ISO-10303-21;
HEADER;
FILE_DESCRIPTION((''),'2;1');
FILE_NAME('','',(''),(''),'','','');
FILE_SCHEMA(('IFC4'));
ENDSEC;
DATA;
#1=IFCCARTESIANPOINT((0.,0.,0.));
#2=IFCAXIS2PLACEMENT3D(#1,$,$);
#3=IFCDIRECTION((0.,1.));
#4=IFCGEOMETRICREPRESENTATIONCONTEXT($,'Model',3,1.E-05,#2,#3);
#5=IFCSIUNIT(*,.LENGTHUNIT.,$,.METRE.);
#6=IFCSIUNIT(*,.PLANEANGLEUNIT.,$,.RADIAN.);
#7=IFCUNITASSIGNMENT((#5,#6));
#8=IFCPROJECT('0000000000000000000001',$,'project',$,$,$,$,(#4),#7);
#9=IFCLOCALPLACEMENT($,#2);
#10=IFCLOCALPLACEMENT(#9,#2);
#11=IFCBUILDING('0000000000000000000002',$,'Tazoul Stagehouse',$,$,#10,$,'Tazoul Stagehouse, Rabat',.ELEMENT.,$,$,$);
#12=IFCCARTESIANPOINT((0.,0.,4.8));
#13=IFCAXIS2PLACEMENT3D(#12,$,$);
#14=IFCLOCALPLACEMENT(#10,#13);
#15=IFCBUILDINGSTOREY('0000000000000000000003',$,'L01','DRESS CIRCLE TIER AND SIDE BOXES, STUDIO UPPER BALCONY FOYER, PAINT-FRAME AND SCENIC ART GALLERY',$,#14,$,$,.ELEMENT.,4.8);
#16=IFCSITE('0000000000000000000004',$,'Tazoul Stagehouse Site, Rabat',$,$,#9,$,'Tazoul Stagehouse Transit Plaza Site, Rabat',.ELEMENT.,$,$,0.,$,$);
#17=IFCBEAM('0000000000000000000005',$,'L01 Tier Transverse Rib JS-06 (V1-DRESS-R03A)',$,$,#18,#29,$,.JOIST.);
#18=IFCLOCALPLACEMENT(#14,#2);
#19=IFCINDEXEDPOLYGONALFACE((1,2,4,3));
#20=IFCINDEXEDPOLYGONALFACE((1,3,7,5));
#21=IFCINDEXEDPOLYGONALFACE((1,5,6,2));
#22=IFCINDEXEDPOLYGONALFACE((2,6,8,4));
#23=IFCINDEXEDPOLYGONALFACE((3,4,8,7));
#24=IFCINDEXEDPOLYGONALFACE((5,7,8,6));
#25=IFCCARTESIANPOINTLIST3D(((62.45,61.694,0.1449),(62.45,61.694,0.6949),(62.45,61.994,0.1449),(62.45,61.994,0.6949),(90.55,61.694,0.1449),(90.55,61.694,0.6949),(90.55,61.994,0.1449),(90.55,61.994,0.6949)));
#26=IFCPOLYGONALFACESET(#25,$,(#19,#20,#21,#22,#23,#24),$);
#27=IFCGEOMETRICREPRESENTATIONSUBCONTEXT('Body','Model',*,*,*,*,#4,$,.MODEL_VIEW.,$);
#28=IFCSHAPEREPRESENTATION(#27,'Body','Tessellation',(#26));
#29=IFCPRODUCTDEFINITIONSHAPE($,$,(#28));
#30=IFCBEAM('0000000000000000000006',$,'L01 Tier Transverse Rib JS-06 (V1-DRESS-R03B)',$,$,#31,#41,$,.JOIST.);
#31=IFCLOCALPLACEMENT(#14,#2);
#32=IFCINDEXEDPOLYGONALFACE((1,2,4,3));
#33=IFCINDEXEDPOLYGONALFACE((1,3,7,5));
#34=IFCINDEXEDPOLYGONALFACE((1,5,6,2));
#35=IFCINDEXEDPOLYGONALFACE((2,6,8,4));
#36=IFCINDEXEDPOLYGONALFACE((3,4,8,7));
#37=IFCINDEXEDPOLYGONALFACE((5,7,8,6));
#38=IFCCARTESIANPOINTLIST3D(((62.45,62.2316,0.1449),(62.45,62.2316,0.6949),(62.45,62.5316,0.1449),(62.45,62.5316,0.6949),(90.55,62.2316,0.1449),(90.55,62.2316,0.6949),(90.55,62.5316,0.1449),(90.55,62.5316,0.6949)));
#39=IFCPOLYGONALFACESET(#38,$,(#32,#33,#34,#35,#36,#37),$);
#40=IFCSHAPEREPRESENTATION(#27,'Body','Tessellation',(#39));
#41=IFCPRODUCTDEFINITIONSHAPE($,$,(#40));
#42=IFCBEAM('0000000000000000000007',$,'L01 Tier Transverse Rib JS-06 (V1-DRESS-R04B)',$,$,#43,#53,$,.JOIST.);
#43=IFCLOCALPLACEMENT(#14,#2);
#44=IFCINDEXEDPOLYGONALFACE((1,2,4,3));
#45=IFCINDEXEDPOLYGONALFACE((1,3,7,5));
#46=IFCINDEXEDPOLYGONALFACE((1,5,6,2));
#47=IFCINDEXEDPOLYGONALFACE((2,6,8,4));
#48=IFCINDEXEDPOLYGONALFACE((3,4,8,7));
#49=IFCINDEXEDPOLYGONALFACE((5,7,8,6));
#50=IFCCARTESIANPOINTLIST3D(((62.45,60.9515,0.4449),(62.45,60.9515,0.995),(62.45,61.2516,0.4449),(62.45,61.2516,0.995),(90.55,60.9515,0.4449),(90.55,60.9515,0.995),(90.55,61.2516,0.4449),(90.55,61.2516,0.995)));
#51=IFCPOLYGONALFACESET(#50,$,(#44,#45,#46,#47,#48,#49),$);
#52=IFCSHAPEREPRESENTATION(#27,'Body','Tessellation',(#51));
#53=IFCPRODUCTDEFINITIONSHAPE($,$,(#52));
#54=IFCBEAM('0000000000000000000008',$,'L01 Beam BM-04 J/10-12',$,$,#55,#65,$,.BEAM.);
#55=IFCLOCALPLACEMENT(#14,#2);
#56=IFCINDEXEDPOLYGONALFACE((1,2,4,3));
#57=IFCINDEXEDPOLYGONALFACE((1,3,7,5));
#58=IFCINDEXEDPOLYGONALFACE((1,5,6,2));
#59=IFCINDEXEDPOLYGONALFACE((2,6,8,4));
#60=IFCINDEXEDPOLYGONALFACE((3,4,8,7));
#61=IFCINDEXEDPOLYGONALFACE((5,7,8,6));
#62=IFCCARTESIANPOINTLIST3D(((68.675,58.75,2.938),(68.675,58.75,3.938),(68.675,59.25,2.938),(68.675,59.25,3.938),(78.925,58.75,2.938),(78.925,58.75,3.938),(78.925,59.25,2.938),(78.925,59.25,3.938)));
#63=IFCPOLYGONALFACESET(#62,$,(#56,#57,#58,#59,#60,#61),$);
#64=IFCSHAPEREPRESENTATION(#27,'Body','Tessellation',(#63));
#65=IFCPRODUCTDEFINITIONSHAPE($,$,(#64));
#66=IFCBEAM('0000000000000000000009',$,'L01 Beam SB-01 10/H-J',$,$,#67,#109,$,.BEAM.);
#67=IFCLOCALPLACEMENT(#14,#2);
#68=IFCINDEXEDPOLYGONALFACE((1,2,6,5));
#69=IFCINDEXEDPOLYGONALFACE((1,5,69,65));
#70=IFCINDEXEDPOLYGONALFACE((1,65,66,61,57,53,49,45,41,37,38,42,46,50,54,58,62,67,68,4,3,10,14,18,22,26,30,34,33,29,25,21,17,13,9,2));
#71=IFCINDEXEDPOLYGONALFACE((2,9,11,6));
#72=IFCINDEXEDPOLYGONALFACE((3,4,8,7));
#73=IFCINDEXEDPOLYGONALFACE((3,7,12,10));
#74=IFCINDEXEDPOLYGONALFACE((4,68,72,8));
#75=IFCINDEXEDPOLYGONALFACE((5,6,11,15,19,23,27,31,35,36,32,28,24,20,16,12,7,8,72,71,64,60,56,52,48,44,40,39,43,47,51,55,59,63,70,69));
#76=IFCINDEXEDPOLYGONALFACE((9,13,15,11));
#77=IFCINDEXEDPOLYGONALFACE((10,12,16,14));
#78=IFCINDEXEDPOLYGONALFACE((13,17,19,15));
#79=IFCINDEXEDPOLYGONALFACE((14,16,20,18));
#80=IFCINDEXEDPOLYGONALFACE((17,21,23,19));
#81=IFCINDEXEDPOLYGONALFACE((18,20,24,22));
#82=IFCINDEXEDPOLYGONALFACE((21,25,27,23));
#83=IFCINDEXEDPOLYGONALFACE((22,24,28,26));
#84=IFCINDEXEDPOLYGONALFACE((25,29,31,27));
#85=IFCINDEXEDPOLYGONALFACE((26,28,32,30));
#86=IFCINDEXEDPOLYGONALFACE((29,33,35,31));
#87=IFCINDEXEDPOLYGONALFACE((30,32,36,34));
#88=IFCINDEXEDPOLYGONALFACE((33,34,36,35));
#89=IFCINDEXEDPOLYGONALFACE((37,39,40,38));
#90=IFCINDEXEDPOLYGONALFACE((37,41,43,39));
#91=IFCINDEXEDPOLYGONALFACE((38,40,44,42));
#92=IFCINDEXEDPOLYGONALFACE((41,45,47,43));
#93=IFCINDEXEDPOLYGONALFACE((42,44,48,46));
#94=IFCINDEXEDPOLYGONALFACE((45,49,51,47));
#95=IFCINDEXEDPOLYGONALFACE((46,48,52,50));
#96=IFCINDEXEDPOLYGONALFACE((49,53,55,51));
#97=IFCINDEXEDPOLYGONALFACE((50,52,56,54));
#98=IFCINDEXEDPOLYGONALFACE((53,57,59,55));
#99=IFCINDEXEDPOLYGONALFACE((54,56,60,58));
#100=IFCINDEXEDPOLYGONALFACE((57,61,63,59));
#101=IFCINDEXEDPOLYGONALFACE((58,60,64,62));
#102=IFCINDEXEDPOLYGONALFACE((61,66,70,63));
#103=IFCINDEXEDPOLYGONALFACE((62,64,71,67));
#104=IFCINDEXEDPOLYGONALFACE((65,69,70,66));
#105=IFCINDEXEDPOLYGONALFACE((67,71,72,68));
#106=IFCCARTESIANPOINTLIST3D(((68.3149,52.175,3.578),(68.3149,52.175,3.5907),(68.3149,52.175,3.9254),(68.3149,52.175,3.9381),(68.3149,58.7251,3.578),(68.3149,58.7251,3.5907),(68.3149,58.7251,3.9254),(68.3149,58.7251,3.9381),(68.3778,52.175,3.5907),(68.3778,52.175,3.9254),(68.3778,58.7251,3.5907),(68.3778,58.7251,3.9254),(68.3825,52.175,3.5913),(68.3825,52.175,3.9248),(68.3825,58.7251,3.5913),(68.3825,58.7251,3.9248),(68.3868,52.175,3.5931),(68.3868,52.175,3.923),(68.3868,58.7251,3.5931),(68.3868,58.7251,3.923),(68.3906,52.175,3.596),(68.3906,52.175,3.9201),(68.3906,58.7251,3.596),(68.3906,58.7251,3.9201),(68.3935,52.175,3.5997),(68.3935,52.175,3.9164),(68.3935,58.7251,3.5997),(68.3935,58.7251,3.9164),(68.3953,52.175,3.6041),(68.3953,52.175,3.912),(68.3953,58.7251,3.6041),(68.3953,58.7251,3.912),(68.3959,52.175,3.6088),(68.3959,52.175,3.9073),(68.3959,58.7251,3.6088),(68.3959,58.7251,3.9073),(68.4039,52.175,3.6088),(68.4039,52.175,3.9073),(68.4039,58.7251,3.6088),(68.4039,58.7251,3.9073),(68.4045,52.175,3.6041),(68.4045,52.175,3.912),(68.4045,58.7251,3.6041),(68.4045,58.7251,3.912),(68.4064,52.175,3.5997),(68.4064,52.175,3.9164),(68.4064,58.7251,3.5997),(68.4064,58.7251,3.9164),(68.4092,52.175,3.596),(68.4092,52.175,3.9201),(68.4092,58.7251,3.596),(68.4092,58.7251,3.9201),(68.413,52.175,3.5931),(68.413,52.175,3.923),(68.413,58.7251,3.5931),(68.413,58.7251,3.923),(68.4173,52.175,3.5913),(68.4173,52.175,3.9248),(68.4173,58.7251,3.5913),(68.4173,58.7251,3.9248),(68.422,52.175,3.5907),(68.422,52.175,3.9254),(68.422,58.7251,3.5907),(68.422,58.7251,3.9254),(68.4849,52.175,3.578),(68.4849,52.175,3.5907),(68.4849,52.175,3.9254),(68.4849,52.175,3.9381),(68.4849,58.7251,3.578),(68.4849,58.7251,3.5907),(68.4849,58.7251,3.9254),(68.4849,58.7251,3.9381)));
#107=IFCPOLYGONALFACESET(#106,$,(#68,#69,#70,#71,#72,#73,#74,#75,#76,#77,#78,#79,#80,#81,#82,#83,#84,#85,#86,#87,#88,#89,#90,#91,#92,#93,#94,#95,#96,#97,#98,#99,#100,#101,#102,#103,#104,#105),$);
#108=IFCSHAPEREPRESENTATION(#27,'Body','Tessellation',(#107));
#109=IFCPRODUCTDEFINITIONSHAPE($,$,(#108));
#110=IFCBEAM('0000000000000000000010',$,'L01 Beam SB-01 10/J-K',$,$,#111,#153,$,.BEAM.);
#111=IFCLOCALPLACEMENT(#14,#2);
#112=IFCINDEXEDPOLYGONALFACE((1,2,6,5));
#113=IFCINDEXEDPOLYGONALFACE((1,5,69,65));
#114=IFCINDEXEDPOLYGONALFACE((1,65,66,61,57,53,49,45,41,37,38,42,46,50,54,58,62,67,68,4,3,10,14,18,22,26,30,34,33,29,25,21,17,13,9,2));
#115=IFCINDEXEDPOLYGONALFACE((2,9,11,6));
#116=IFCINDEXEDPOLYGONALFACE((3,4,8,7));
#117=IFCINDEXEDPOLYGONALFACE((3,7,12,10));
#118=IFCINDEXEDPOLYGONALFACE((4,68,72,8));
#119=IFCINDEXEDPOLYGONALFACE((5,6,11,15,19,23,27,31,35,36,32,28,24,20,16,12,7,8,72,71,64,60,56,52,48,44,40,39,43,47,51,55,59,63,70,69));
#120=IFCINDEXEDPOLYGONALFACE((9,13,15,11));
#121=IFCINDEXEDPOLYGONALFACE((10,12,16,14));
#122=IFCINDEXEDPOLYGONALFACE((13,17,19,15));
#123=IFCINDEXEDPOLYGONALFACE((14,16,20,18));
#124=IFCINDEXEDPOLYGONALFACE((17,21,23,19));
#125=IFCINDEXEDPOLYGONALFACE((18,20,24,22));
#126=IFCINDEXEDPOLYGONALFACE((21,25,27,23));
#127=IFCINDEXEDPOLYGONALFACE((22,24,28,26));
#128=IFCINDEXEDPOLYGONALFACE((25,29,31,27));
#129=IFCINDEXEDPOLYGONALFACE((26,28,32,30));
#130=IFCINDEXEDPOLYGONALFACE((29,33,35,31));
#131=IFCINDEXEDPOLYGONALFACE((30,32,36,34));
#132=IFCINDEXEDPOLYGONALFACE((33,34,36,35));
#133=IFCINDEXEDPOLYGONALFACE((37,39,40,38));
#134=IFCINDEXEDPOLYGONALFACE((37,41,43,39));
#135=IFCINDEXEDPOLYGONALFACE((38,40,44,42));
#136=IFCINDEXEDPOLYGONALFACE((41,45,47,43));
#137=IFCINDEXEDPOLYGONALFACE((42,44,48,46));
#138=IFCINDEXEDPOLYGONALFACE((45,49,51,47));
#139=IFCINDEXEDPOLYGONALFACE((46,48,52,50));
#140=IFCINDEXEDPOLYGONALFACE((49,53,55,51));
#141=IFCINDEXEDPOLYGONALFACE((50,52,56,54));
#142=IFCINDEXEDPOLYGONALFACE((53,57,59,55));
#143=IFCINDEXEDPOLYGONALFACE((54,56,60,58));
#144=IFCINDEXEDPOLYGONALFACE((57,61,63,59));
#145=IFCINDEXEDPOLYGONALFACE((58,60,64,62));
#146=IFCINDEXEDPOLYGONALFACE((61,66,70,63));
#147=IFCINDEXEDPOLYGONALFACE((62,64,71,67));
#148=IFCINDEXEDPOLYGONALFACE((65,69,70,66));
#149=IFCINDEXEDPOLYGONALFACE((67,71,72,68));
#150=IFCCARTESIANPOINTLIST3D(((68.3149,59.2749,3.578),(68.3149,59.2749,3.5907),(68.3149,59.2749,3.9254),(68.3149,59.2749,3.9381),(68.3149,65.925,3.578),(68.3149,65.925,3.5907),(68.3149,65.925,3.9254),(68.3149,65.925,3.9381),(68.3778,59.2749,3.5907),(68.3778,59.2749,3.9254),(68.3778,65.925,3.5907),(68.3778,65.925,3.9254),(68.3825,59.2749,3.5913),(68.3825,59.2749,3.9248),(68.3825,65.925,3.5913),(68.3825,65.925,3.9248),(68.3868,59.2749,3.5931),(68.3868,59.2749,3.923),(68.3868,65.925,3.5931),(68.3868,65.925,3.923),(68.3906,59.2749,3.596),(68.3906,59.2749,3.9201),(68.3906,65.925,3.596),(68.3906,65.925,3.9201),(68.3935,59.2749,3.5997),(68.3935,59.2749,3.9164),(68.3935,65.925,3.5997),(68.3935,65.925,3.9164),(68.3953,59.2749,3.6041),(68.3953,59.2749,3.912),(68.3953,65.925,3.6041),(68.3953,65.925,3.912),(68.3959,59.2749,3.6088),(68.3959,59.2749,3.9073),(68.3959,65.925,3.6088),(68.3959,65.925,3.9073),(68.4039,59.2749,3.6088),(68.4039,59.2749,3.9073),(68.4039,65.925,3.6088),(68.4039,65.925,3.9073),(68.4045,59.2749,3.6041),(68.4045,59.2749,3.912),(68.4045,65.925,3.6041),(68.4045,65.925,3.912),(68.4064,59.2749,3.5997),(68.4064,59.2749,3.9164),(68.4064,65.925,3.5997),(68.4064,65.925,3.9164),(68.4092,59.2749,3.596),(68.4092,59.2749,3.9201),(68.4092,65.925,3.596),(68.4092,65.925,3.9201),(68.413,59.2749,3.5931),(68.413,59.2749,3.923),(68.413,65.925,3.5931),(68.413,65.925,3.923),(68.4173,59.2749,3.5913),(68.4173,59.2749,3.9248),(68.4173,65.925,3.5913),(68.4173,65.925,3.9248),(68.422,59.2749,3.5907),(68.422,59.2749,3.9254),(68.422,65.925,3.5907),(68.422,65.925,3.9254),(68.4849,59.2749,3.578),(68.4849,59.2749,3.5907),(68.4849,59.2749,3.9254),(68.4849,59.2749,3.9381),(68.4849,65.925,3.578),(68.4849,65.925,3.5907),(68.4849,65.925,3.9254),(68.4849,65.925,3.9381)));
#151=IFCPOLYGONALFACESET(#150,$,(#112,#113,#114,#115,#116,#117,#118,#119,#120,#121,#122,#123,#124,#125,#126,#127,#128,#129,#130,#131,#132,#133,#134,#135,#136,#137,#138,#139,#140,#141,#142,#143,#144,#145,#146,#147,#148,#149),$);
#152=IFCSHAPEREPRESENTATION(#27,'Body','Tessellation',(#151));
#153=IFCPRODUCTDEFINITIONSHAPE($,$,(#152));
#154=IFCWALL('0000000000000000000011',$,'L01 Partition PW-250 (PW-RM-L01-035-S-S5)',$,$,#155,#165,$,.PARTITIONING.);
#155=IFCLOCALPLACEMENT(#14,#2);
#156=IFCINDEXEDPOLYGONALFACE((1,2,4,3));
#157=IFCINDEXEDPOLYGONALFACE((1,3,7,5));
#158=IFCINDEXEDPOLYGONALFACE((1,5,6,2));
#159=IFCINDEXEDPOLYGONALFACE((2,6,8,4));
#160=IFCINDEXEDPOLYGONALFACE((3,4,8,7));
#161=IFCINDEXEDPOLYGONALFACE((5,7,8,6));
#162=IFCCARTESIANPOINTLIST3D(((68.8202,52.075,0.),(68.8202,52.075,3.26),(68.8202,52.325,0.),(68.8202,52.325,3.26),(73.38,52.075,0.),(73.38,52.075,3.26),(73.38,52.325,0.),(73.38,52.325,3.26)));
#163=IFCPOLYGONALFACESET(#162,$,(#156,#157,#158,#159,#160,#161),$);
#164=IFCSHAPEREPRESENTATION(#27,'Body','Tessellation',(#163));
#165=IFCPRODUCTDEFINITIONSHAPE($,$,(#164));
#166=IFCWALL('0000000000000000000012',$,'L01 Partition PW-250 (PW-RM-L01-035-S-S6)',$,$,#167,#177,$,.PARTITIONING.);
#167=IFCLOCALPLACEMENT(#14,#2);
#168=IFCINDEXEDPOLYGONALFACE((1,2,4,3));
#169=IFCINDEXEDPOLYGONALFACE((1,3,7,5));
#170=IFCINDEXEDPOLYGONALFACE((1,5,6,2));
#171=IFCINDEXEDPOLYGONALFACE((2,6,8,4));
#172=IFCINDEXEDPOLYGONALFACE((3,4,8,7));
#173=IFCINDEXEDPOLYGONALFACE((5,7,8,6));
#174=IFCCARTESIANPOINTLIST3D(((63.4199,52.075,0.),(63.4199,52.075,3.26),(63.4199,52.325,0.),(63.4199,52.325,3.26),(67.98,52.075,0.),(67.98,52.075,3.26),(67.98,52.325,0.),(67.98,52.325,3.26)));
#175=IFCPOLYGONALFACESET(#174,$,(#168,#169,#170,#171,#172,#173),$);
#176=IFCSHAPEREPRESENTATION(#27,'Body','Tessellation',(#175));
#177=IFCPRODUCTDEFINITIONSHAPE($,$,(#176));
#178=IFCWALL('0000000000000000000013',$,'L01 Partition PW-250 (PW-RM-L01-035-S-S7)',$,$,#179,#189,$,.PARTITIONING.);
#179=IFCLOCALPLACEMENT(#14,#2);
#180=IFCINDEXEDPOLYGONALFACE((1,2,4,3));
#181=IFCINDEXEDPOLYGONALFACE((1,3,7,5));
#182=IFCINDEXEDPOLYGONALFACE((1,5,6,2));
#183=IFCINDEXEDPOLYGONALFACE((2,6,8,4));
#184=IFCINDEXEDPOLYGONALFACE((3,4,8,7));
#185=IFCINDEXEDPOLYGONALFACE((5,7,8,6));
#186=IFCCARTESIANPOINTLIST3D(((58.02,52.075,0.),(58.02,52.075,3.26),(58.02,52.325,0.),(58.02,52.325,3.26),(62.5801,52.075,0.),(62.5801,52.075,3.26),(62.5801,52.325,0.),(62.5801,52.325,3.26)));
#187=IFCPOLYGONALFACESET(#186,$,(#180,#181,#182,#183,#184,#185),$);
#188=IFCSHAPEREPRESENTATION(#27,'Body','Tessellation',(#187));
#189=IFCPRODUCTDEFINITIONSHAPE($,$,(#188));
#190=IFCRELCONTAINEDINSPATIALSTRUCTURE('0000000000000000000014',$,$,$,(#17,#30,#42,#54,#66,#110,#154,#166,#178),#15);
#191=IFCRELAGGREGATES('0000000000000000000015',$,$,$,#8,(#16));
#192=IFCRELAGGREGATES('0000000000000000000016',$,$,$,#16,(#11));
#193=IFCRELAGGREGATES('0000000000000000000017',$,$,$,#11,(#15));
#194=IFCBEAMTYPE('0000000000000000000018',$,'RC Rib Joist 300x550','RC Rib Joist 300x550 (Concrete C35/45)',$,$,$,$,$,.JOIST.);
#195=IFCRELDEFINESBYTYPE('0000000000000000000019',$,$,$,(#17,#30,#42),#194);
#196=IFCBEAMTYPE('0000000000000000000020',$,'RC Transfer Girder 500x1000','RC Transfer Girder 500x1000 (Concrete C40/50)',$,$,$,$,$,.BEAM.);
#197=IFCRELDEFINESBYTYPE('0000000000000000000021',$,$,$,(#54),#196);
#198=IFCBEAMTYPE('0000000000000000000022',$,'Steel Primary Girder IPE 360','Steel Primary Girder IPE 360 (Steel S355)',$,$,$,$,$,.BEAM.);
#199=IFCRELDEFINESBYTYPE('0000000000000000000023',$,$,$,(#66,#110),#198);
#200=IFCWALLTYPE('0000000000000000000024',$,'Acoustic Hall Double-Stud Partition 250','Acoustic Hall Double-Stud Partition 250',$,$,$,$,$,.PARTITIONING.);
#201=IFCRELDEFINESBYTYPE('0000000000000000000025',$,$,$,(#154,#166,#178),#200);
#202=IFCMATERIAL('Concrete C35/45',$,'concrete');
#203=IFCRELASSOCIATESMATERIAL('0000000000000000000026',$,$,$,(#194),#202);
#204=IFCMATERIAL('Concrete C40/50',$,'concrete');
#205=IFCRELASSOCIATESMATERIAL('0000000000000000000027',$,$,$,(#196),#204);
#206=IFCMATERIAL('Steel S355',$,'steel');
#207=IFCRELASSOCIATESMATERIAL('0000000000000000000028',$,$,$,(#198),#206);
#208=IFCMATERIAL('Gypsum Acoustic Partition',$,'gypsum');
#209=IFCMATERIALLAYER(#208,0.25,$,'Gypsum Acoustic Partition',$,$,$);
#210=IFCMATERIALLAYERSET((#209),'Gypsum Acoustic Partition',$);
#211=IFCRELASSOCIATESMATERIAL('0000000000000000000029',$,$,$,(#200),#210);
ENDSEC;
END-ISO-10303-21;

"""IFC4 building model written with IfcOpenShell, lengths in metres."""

from ifc_helpers import new_model, si_unit, direction, frame, frame_2d, origin, origin_2d, place, context, subcontext, project, spatial, rectangle, i_section, extrude, material, layer, layer_set, material_profile, profile_set, type_object, element, save


model = new_model("IFC4")

# Units and contexts
model_context = context("Model", 3, precision=1e-05, world=origin(), true_north=direction((0.0, 1.0)))
body_context = subcontext(model_context, "Body", "Model", "MODEL_VIEW")
ifc_project = project(units=[si_unit("LENGTHUNIT", "METRE"), si_unit("PLANEANGLEUNIT", "RADIAN")], contexts=[model_context])

# Site, building, storey
site_placement = place(None, origin())
site = spatial("IfcSite", under=ifc_project, at=site_placement, Name="Tazoul Stagehouse Site, Rabat", LongName="Tazoul Stagehouse Transit Plaza Site, Rabat", CompositionType="ELEMENT", RefElevation=0.0)
building_placement = place(site_placement, origin())
building = spatial("IfcBuilding", under=site, at=building_placement, Name="Tazoul Stagehouse", LongName="Tazoul Stagehouse, Rabat", CompositionType="ELEMENT")
storey_placement = place(building_placement, frame((0.0, 0.0, 4.8)))
storey = spatial("IfcBuildingStorey", under=building, at=storey_placement, Name="L01", Description="DRESS CIRCLE TIER AND SIDE BOXES, STUDIO UPPER BALCONY FOYER, PAINT-FRAME AND SCENIC ART GALLERY", CompositionType="ELEMENT", Elevation=4.8)

# Shared definitions
ifc_material_1 = material(Name="Concrete C40/50", Category="concrete")

# Beams
ifc_material_2 = material(Name="Concrete C35/45", Category="concrete")
ifc_material_profile_1 = material_profile(ifc_material_2, rectangle(XDim=0.3, YDim=0.55, at=origin_2d()), Name="RC 300x550")
ifc_profile_set_1 = profile_set([ifc_material_profile_1], Name="Concrete C35/45")
beam_type_1 = type_object("IfcBeamType", Name="RC Rib Joist 300x550", Description="RC Rib Joist 300x550 (Concrete C35/45)", PredefinedType="JOIST", material=ifc_profile_set_1)
for number, where, z_axis, x_axis, name in (
    (1, (62.45, 61.844, 0.4199), (1.0, 0.0, 0.0), (0.0, 1.0, 0.0), "L01 Tier Transverse Rib JS-06 (V1-DRESS-R03A)"),
    (2, (62.45, 62.3816, 0.4199), (1.0, 0.0, 0.0), (0.0, 1.0, 0.0), "L01 Tier Transverse Rib JS-06 (V1-DRESS-R03B)"),
    (3, (62.45, 61.1016, 0.72), (1.0, 0.0, 0.0), (0.0, 1.0, 0.0), "L01 Tier Transverse Rib JS-06 (V1-DRESS-R04B)"),
):
    element("IfcBeam", number, at=place(storey_placement, frame(where, z_axis=z_axis, x_axis=x_axis)), inside=storey, type_object=beam_type_1, Name=name, PredefinedType="JOIST", context=body_context, shape_type="SweptSolid", body=[
        extrude(rectangle(XDim=0.3, YDim=0.55, at=origin_2d()), origin(), (0.0, 0.0, 1.0), 28.1001),
    ])
ifc_material_profile_2 = material_profile(ifc_material_1, rectangle(XDim=0.5, YDim=1.0, at=origin_2d()), Name="RC 500x1000")
ifc_profile_set_2 = profile_set([ifc_material_profile_2], Name="Concrete C40/50")
beam_type_2 = type_object("IfcBeamType", Name="RC Transfer Girder 500x1000", Description="RC Transfer Girder 500x1000 (Concrete C40/50)", PredefinedType="BEAM", material=ifc_profile_set_2)
beam_1_placement = place(storey_placement, frame((68.675, 59.0, 3.438), z_axis=(1.0, 0.0, 0.0), x_axis=(0.0, 1.0, 0.0)))
element("IfcBeam", 4, at=beam_1_placement, inside=storey, type_object=beam_type_2, Name="L01 Beam BM-04 J/10-12", PredefinedType="BEAM", context=body_context, shape_type="SweptSolid", body=[
    extrude(rectangle(XDim=0.5, YDim=1.0, at=origin_2d()), origin(), (0.0, 0.0, 1.0), 10.25),
])
ifc_material_3 = material(Name="Steel S355", Category="steel")
ifc_material_profile_3 = material_profile(ifc_material_3, i_section(OverallWidth=0.1699, OverallDepth=0.3601, WebThickness=0.0081, FlangeThickness=0.0127, FilletRadius=0.0181, at=origin_2d()), Name="IPE 360")
ifc_profile_set_3 = profile_set([ifc_material_profile_3], Name="Steel S355")
beam_type_3 = type_object("IfcBeamType", Name="Steel Primary Girder IPE 360", Description="Steel Primary Girder IPE 360 (Steel S355)", PredefinedType="BEAM", material=ifc_profile_set_3)
beam_2_placement = place(storey_placement, frame((68.3999, 52.175, 3.7581), z_axis=(0.0, 1.0, 0.0), x_axis=(-1.0, 0.0, 0.0)))
element("IfcBeam", 5, at=beam_2_placement, inside=storey, type_object=beam_type_3, Name="L01 Beam SB-01 10/H-J", PredefinedType="BEAM", context=body_context, shape_type="SweptSolid", body=[
    extrude(i_section(OverallWidth=0.1699, OverallDepth=0.3601, WebThickness=0.0081, FlangeThickness=0.0127, FilletRadius=0.0181, at=origin_2d()), origin(), (0.0, 0.0, 1.0), 6.55),
])
beam_3_placement = place(storey_placement, frame((68.3999, 59.2749, 3.7581), z_axis=(0.0, 1.0, 0.0), x_axis=(-1.0, 0.0, 0.0)))
element("IfcBeam", 6, at=beam_3_placement, inside=storey, type_object=beam_type_3, Name="L01 Beam SB-01 10/J-K", PredefinedType="BEAM", context=body_context, shape_type="SweptSolid", body=[
    extrude(i_section(OverallWidth=0.1699, OverallDepth=0.3601, WebThickness=0.0081, FlangeThickness=0.0127, FilletRadius=0.0181, at=origin_2d()), origin(), (0.0, 0.0, 1.0), 6.6501),
])

# Walls
ifc_material_4 = material(Name="Gypsum Acoustic Partition", Category="gypsum")
ifc_layer = layer(ifc_material_4, 0.25, Name="Gypsum Acoustic Partition")
ifc_layer_set = layer_set([ifc_layer], Name="Gypsum Acoustic Partition")
wall_type = type_object("IfcWallType", Name="Acoustic Hall Double-Stud Partition 250", Description="Acoustic Hall Double-Stud Partition 250", PredefinedType="PARTITIONING", material=ifc_layer_set)
wall_placement = place(storey_placement, frame((73.3799, 52.2, 0.0), z_axis=(0.0, 0.0, 1.0), x_axis=(-1.0, 0.0, 0.0)))
element("IfcWall", 7, at=wall_placement, inside=storey, type_object=wall_type, Name="L01 Partition PW-250 (PW-RM-L01-035-S-S5)", PredefinedType="PARTITIONING", context=body_context, shape_type="SweptSolid", body=[
    extrude(rectangle(XDim=4.5598, YDim=0.25, at=frame_2d((2.2798, 0.0))), origin(), (0.0, 0.0, 1.0), 3.26),
])
for number, where, z_axis, x_axis, name in (
    (8, (67.98, 52.2, 0.0), (0.0, 0.0, 1.0), (-1.0, 0.0, 0.0), "L01 Partition PW-250 (PW-RM-L01-035-S-S6)"),
    (9, (62.5801, 52.2, 0.0), (0.0, 0.0, 1.0), (-1.0, 0.0, 0.0), "L01 Partition PW-250 (PW-RM-L01-035-S-S7)"),
):
    element("IfcWall", number, at=place(storey_placement, frame(where, z_axis=z_axis, x_axis=x_axis)), inside=storey, type_object=wall_type, Name=name, PredefinedType="PARTITIONING", context=body_context, shape_type="SweptSolid", body=[
        extrude(rectangle(XDim=4.5601, YDim=0.25, at=frame_2d((2.28, 0.0))), origin(), (0.0, 0.0, 1.0), 3.26),
    ])

save(model, "model.ifc")
